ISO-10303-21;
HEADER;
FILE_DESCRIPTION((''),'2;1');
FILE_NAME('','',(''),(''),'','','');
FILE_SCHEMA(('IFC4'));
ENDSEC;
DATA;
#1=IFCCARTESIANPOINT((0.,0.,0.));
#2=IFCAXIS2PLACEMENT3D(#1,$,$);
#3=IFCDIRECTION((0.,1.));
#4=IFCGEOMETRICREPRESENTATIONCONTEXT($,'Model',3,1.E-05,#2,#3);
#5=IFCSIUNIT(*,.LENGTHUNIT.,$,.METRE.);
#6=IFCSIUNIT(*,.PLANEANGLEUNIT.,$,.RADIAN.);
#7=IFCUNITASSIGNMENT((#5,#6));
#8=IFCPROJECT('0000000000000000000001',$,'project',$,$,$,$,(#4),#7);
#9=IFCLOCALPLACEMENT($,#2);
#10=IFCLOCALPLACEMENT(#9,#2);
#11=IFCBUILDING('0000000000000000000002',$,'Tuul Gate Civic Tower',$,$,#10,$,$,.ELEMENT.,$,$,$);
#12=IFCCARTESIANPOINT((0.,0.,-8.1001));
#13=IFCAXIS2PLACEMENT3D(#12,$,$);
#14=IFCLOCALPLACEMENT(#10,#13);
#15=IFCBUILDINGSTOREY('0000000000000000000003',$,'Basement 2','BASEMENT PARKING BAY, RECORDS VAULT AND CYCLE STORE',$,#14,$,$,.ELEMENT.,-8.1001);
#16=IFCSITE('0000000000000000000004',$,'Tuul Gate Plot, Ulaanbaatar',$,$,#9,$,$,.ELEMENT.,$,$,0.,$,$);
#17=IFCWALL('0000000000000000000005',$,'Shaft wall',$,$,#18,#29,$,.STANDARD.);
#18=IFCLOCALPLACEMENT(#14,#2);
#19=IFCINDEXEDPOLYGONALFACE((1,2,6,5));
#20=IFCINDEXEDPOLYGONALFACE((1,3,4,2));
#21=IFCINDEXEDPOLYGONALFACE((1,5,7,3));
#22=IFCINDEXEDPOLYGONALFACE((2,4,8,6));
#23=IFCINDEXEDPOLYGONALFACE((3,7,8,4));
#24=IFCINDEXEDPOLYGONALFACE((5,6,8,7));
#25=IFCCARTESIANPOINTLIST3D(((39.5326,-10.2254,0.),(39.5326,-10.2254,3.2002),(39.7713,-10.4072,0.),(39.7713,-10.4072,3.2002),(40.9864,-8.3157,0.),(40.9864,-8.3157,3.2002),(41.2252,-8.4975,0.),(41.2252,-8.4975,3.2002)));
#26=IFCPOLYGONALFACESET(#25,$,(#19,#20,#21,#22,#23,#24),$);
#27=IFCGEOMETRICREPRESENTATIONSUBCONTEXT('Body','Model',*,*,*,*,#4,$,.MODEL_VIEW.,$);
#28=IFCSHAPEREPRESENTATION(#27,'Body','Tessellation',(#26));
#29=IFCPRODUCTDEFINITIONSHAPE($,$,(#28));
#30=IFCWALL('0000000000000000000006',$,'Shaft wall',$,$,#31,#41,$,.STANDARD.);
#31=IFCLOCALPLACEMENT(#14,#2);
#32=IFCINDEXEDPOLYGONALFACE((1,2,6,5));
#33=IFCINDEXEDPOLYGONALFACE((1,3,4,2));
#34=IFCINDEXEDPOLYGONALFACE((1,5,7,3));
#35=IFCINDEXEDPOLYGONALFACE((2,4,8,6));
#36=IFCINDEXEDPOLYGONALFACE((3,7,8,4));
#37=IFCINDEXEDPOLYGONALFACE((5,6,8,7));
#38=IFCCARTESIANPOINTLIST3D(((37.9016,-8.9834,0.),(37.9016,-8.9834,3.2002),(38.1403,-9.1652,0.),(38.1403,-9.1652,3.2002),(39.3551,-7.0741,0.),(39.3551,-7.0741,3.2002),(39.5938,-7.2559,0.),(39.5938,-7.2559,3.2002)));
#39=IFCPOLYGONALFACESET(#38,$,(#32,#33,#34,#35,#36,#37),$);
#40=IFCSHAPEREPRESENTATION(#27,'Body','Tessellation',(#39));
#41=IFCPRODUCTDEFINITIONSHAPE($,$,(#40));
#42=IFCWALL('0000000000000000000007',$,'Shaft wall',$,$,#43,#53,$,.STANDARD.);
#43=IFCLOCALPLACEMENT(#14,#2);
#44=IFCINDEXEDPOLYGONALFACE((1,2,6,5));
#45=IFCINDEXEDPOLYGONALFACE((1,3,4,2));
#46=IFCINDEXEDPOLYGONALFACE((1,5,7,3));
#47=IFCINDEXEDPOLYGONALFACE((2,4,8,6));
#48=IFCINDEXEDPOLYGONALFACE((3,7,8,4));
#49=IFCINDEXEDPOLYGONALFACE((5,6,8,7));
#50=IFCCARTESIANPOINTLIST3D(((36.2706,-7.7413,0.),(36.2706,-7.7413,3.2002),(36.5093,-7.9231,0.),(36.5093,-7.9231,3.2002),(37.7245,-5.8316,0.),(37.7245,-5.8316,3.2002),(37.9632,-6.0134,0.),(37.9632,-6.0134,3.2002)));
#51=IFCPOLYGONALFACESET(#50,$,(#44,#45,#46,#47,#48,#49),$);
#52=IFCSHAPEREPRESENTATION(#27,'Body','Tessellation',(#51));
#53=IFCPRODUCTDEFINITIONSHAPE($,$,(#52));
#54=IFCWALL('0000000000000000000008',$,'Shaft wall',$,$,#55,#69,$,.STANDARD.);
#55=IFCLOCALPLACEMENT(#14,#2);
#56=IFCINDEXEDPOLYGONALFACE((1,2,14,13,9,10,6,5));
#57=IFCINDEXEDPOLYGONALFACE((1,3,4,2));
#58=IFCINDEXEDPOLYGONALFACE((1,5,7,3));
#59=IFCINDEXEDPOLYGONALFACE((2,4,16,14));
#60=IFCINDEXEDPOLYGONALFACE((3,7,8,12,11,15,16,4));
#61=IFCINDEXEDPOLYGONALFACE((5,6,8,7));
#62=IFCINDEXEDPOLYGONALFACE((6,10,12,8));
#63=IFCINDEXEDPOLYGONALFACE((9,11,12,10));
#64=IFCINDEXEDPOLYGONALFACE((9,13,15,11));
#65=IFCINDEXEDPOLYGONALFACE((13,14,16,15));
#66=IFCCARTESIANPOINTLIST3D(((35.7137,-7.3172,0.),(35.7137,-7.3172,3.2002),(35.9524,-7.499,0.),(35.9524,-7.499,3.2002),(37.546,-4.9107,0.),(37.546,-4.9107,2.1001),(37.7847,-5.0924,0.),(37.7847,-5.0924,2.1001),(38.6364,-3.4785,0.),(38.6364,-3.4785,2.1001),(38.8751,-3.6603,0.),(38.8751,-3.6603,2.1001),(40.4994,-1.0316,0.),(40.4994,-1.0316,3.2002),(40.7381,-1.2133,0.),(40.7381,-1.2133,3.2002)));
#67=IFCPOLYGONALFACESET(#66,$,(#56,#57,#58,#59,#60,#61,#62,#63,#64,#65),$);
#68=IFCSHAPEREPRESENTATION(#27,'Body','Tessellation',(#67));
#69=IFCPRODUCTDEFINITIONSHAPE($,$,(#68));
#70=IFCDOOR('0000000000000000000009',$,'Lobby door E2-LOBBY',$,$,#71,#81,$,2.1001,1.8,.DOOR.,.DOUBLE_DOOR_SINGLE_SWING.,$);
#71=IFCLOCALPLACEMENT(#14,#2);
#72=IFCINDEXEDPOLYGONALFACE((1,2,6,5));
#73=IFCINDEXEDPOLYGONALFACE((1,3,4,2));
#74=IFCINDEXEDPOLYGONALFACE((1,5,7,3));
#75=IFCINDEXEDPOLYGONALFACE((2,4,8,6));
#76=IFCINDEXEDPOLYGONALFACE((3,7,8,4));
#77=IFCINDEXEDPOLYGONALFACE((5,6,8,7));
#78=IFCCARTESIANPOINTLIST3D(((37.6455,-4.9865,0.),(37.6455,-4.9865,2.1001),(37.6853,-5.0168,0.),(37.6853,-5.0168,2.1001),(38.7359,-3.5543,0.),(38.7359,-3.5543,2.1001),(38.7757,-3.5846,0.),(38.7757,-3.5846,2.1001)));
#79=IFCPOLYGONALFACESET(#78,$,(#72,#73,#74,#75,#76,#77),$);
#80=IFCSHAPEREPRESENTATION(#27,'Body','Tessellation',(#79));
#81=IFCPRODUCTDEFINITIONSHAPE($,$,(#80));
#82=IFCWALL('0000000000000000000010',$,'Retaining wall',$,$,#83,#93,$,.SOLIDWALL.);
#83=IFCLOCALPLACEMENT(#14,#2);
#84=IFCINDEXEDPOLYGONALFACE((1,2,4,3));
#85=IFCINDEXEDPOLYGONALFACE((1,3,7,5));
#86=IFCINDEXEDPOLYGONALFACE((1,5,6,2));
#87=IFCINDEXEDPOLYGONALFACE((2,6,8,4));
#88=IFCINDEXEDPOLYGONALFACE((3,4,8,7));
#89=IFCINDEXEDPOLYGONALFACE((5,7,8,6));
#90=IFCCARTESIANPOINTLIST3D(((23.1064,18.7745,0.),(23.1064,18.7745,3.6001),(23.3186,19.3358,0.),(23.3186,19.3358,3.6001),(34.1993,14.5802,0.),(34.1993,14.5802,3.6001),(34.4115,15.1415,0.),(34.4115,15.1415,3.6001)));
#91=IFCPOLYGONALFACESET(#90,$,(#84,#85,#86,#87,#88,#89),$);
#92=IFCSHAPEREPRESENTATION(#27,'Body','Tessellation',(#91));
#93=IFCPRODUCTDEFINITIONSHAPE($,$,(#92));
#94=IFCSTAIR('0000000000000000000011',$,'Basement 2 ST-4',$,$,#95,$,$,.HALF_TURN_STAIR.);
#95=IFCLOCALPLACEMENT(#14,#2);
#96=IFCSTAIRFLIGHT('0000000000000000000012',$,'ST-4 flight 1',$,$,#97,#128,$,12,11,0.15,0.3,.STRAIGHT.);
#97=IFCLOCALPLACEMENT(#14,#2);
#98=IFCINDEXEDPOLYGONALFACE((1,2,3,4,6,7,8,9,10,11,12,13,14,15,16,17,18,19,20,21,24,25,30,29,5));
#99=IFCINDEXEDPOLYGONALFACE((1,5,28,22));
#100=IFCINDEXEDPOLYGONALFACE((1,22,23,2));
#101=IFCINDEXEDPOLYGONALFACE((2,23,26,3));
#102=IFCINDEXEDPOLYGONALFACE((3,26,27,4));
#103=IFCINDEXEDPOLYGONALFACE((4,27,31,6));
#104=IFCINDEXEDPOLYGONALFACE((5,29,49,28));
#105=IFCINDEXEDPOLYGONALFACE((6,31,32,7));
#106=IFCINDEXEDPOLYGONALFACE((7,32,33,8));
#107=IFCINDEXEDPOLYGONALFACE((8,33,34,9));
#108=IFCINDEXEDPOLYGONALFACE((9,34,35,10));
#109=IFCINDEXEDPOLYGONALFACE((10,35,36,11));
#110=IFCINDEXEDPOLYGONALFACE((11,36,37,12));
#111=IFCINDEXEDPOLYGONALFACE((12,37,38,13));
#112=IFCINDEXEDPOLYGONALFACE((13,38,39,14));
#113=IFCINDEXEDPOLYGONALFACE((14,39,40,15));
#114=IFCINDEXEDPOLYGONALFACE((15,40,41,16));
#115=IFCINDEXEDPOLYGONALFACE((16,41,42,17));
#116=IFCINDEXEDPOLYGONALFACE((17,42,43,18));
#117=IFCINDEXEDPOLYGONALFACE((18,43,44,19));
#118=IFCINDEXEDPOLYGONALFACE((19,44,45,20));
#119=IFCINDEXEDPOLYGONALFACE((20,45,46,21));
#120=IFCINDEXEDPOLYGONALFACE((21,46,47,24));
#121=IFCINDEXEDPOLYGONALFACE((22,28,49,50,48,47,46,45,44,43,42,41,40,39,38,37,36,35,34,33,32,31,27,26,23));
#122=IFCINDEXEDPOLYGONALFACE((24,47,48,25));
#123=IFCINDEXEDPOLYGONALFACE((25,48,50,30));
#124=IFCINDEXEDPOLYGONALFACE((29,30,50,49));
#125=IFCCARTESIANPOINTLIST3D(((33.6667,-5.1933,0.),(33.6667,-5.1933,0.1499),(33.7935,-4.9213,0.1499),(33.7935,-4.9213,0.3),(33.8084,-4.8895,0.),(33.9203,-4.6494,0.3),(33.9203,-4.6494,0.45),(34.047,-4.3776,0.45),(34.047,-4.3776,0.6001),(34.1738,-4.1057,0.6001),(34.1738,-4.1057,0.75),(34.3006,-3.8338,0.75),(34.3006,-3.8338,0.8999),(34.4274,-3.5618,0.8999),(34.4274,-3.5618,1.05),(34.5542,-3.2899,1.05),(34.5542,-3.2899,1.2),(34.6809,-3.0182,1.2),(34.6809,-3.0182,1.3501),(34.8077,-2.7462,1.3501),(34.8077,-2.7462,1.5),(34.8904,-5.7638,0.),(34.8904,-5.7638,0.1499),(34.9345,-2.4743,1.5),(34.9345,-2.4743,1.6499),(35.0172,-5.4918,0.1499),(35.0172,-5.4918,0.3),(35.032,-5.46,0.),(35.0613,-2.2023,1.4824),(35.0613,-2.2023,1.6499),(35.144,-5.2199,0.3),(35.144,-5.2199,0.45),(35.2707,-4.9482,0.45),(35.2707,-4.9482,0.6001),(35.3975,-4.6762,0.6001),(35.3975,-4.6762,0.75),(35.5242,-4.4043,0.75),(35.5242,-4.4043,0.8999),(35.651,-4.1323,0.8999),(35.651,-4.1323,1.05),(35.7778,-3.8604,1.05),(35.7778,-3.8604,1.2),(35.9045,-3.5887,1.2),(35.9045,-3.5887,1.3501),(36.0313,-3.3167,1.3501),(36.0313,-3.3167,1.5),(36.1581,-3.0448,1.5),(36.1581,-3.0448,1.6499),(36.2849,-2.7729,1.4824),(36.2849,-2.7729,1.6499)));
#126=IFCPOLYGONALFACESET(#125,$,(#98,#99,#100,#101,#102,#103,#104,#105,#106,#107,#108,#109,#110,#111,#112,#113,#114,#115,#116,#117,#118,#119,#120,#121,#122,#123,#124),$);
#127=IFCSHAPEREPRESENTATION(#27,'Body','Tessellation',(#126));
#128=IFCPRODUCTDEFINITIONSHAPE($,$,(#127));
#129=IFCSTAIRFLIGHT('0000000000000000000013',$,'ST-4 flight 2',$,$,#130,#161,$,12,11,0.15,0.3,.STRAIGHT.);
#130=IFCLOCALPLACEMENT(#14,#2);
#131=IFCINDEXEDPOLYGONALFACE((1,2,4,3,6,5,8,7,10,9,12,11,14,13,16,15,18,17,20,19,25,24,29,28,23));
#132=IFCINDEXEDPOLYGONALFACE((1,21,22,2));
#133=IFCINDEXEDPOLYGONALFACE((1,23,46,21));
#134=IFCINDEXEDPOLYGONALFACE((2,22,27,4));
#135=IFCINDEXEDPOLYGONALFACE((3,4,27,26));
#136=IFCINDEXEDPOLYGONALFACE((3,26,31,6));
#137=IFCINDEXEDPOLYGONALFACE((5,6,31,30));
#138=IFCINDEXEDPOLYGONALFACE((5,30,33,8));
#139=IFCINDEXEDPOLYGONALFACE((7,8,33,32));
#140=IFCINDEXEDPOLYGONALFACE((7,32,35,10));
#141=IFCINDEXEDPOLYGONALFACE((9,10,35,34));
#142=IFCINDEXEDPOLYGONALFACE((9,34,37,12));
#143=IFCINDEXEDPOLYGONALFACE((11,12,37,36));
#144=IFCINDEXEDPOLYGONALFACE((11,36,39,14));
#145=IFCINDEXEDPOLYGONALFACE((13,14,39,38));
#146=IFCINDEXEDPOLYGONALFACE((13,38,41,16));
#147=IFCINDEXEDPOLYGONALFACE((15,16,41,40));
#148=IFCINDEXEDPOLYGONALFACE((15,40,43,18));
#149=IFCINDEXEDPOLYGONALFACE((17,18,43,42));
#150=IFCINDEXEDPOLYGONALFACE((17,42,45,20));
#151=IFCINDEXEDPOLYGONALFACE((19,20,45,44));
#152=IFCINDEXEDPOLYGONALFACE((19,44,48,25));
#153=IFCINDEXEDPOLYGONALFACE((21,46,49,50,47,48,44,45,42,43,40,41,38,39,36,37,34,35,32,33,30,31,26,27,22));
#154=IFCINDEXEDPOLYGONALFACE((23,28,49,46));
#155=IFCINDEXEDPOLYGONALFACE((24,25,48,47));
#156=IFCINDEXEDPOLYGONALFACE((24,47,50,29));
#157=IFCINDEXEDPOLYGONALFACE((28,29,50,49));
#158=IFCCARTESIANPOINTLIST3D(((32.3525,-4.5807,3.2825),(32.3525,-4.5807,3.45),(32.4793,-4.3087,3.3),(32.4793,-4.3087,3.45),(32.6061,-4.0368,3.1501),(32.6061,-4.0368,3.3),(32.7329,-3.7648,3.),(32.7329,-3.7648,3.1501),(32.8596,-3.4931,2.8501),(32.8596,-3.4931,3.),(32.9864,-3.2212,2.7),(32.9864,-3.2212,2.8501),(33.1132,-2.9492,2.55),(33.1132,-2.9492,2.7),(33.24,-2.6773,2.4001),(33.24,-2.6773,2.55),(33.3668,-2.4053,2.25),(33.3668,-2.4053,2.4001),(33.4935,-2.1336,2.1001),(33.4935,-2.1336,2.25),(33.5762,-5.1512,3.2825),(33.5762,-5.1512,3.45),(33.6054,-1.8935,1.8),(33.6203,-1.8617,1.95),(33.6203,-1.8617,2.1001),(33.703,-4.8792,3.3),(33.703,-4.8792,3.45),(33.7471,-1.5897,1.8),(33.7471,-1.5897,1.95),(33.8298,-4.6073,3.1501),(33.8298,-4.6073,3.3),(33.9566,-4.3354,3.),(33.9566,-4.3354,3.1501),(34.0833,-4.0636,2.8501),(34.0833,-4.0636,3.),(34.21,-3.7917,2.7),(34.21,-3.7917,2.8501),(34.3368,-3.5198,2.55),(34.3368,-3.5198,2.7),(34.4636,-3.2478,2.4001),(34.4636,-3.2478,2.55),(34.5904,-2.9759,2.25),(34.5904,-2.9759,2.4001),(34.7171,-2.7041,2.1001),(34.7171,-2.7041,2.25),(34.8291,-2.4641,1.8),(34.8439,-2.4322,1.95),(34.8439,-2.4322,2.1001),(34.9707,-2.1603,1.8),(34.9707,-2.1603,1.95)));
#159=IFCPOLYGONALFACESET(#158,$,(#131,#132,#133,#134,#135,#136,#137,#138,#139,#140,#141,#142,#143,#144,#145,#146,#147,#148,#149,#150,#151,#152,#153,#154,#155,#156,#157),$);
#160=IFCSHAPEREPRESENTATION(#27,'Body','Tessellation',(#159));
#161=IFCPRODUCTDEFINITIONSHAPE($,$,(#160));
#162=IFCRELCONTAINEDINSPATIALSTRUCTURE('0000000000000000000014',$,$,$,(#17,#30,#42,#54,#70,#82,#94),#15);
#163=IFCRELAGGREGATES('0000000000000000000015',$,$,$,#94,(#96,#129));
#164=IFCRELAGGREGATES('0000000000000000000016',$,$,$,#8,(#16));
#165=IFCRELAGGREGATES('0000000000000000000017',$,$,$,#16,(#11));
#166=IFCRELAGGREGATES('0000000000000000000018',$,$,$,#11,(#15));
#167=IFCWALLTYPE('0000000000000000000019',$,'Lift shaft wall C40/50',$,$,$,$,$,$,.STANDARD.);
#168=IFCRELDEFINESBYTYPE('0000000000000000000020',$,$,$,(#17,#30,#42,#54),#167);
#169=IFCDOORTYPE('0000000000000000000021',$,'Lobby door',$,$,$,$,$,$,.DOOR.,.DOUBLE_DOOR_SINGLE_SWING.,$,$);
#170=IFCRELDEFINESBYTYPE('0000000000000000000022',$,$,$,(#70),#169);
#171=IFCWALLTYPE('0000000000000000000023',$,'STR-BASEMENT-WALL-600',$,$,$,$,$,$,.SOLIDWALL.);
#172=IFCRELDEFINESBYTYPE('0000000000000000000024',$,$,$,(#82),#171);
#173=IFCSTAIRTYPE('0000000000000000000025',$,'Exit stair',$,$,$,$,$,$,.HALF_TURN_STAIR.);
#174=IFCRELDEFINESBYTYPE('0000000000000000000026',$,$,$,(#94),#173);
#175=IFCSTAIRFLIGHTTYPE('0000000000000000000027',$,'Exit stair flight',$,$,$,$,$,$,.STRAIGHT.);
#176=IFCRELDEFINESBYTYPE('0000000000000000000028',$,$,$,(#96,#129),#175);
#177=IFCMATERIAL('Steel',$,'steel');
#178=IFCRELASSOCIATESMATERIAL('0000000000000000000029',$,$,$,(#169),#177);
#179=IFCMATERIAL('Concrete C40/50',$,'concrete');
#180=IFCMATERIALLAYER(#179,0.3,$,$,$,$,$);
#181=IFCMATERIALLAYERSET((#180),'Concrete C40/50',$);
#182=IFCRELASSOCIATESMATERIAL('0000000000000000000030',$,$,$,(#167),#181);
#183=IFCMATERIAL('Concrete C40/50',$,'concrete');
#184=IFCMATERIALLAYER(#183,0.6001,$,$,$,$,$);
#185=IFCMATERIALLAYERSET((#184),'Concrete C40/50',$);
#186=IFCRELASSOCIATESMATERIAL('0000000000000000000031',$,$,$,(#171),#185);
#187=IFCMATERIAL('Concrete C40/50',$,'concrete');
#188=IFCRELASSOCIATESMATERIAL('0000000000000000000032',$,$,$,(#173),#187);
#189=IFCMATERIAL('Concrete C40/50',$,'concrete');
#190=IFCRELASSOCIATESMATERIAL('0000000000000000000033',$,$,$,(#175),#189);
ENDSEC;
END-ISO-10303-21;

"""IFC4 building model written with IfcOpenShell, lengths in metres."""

from ifc_helpers import new_model, si_unit, direction, frame, frame_2d, origin, place, context, subcontext, project, spatial, polyline, rectangle, outline, extrude, material, layer, layer_set, type_object, element, fill, aggregate, save


model = new_model("IFC4")

# Units and contexts
model_context = context("Model", 3, precision=1e-05, world=origin(), true_north=direction((0.0, 1.0)))
body_context = subcontext(model_context, "Body", "Model", "MODEL_VIEW")
ifc_project = project(units=[si_unit("LENGTHUNIT", "METRE"), si_unit("PLANEANGLEUNIT", "RADIAN")], contexts=[model_context])

# Site, building, storey
site_placement = place(None, origin())
site = spatial("IfcSite", under=ifc_project, at=site_placement, Name="Tuul Gate Plot, Ulaanbaatar", CompositionType="ELEMENT", RefElevation=0.0)
building_placement = place(site_placement, origin())
building = spatial("IfcBuilding", under=site, at=building_placement, Name="Tuul Gate Civic Tower", CompositionType="ELEMENT")
storey_placement = place(building_placement, frame((0.0, 0.0, -8.1001)))
storey = spatial("IfcBuildingStorey", under=building, at=storey_placement, Name="Basement 2", Description="BASEMENT PARKING BAY, RECORDS VAULT AND CYCLE STORE", CompositionType="ELEMENT", Elevation=-8.1001)

# Shared definitions
ifc_material_1 = material(Name="Steel", Category="steel")
door_type = type_object("IfcDoorType", Name="Lobby door", OperationType="DOUBLE_DOOR_SINGLE_SWING", PredefinedType="DOOR", material=ifc_material_1)

# Walls
ifc_material_2 = material(Name="Concrete C40/50", Category="concrete")
ifc_layer_1 = layer(ifc_material_2, 0.3)
ifc_layer_set_1 = layer_set([ifc_layer_1], Name="Concrete C40/50")
wall_type_1 = type_object("IfcWallType", Name="Lift shaft wall C40/50", PredefinedType="STANDARD", material=ifc_layer_set_1)
wall_1_placement = place(storey_placement, frame((39.6519, -10.3164, 0.0), z_axis=(0.0, 0.0, 1.0), x_axis=(0.605746, 0.795658, 0.0)))
element("IfcWall", 1, at=wall_1_placement, inside=storey, type_object=wall_type_1, Name="Shaft wall", PredefinedType="STANDARD", context=body_context, shape_type="SweptSolid", body=[
    extrude(rectangle(XDim=2.4001, YDim=0.3, at=frame_2d((1.2002, 0.0))), origin(), (0.0, 0.0, 1.0), 3.2002),
])
wall_2_placement = place(storey_placement, frame((38.021, -9.0742, 0.0), z_axis=(0.0, 0.0, 1.0), x_axis=(0.605731, 0.79567, 0.0)))
element("IfcWall", 2, at=wall_2_placement, inside=storey, type_object=wall_type_1, Name="Shaft wall", PredefinedType="STANDARD", context=body_context, shape_type="SweptSolid", body=[
    extrude(rectangle(XDim=2.3997, YDim=0.3, at=frame_2d((1.1997, 0.0))), origin(), (0.0, 0.0, 1.0), 3.2002),
])
wall_3_placement = place(storey_placement, frame((36.3899, -7.8323, 0.0), z_axis=(0.0, 0.0, 1.0), x_axis=(0.605746, 0.795658, 0.0)))
element("IfcWall", 3, at=wall_3_placement, inside=storey, type_object=wall_type_1, Name="Shaft wall", PredefinedType="STANDARD", context=body_context, shape_type="SweptSolid", body=[
    extrude(rectangle(XDim=2.4001, YDim=0.3, at=frame_2d((1.2002, 0.0))), origin(), (0.0, 0.0, 1.0), 3.2002),
])

# Wall, opening, door
wall_4_placement = place(storey_placement, frame((35.833, -7.4082, 0.0), z_axis=(0.0, 0.0, 1.0), x_axis=(0.605769, 0.79564, 0.0)))
wall_4 = element("IfcWall", 4, at=wall_4_placement, inside=storey, type_object=wall_type_1, Name="Shaft wall", PredefinedType="STANDARD", context=body_context, shape_type="SweptSolid", body=[
    extrude(rectangle(XDim=7.9001, YDim=0.3, at=frame_2d((3.9502, 0.0))), origin(), (0.0, 0.0, 1.0), 3.2002),
])
opening_1_placement = place(wall_4_placement, frame((3.0249, 0.0, 0.0)))
opening_1 = element("IfcOpeningElement", 5, at=opening_1_placement, cuts=wall_4, PredefinedType="OPENING", context=body_context, shape_type="SweptSolid", body=[
    extrude(rectangle(XDim=1.8, YDim=2.1001, at=frame_2d((0.8999, 1.05))), frame((0.0, 0.1602, 0.0), z_axis=(0.0, -1.0, 0.0), x_axis=(1.0, 0.0, 0.0)), (0.0, 0.0, 1.0), 0.3201),
])
door_1_placement = place(opening_1_placement, origin())
door_1 = element("IfcDoor", 6, at=door_1_placement, inside=storey, type_object=door_type, Name="Lobby door E2-LOBBY", OperationType="DOUBLE_DOOR_SINGLE_SWING", OverallHeight=2.1001, OverallWidth=1.8, PredefinedType="DOOR", context=body_context, shape_type="SweptSolid", body=[
    extrude(rectangle(XDim=1.8, YDim=2.1001, at=frame_2d((0.8999, 1.05))), frame((0.0, 0.0249, 0.0), z_axis=(0.0, -1.0, 0.0), x_axis=(1.0, 0.0, 0.0)), (0.0, 0.0, 1.0), 0.05),
])
fill(opening_1, door_1)

# Wall
ifc_material_3 = material(Name="Concrete C40/50", Category="concrete")
ifc_layer_2 = layer(ifc_material_3, 0.6001)
ifc_layer_set_2 = layer_set([ifc_layer_2], Name="Concrete C40/50")
wall_type_2 = type_object("IfcWallType", Name="STR-BASEMENT-WALL-600", PredefinedType="SOLIDWALL", material=ifc_layer_set_2)
wall_5_placement = place(storey_placement, frame((34.3054, 14.8608, 0.0), z_axis=(0.0, 0.0, 1.0), x_axis=(-0.935371, 0.353669, 0.0)))
element("IfcWall", 7, at=wall_5_placement, inside=storey, type_object=wall_type_2, Name="Retaining wall", PredefinedType="SOLIDWALL", context=body_context, shape_type="SweptSolid", body=[
    extrude(rectangle(XDim=11.8594, YDim=0.6001, at=frame_2d((5.9297, 0.0))), origin(), (0.0, 0.0, 1.0), 3.6001),
])

# Stair, stair flights
ifc_material_4 = material(Name="Concrete C40/50", Category="concrete")
stair_type = type_object("IfcStairType", Name="Exit stair", PredefinedType="HALF_TURN_STAIR", material=ifc_material_4)
stair_placement = place(storey_placement, origin())
stair = element("IfcStair", 8, at=stair_placement, inside=storey, type_object=stair_type, Name="Basement 2 ST-4", PredefinedType="HALF_TURN_STAIR")
ifc_material_5 = material(Name="Concrete C40/50", Category="concrete")
stair_flight_type = type_object("IfcStairFlightType", Name="Exit stair flight", PredefinedType="STRAIGHT", material=ifc_material_5)
stair_flight_1_placement = place(storey_placement, frame((34.2786, -5.4785, 0.0), z_axis=(0.0, 0.0, 1.0), x_axis=(0.422576, 0.906327, 0.0)))
stair_flight_1 = element("IfcStairFlight", 9, at=stair_flight_1_placement, type_object=stair_flight_type, Name="ST-4 flight 1", NumberOfRisers=12, NumberOfTreads=11, PredefinedType="STRAIGHT", RiserHeight=0.15, TreadLength=0.3, context=body_context, shape_type="SweptSolid", body=[
    extrude(outline(polyline([(0.0, 0.0), (0.0, 0.1499), (0.3, 0.1499), (0.3, 0.3), (0.6001, 0.3), (0.6001, 0.45), (0.8999, 0.45), (0.8999, 0.6001), (1.2, 0.6001), (1.2, 0.75), (1.5, 0.75), (1.5, 0.8999), (1.8, 0.8999), (1.8, 1.05), (2.1001, 1.05), (2.1001, 1.2), (2.3999, 1.2), (2.3999, 1.3501), (2.7, 1.3501), (2.7, 1.5), (3.0, 1.5), (3.0, 1.6499), (3.3, 1.6499), (3.3, 1.8), (3.3, 1.4824), (0.3352, 0.0), (0.0, 0.0)])), frame((0.0, 0.675, 0.0), z_axis=(0.0, -1.0, 0.0), x_axis=(1.0, 0.0, 0.0)), (0.0, 0.0, 1.0), 1.3501),
])
stair_flight_2_placement = place(storey_placement, frame((34.3589, -1.875, 1.8), z_axis=(0.0, 0.0, 1.0), x_axis=(-0.422576, -0.906327, 0.0)))
stair_flight_2 = element("IfcStairFlight", 10, at=stair_flight_2_placement, type_object=stair_flight_type, Name="ST-4 flight 2", NumberOfRisers=12, NumberOfTreads=11, PredefinedType="STRAIGHT", RiserHeight=0.15, TreadLength=0.3, context=body_context, shape_type="SweptSolid", body=[
    extrude(outline(polyline([(0.0, 0.0), (0.0, 0.1499), (0.3, 0.1499), (0.3, 0.3), (0.6001, 0.3), (0.6001, 0.45), (0.8999, 0.45), (0.8999, 0.6001), (1.2, 0.6001), (1.2, 0.75), (1.5, 0.75), (1.5, 0.8999), (1.8, 0.8999), (1.8, 1.05), (2.1001, 1.05), (2.1001, 1.2), (2.3999, 1.2), (2.3999, 1.3501), (2.7, 1.3501), (2.7, 1.5), (3.0, 1.5), (3.0, 1.6499), (3.3, 1.6499), (3.3, 1.8), (3.3, 1.4824), (0.3352, 0.0), (0.0, 0.0)])), frame((0.0, 0.675, 0.0), z_axis=(0.0, -1.0, 0.0), x_axis=(1.0, 0.0, 0.0)), (0.0, 0.0, 1.0), 1.3501),
])
aggregate(stair, [stair_flight_1, stair_flight_2])

save(model, "model.ifc")
